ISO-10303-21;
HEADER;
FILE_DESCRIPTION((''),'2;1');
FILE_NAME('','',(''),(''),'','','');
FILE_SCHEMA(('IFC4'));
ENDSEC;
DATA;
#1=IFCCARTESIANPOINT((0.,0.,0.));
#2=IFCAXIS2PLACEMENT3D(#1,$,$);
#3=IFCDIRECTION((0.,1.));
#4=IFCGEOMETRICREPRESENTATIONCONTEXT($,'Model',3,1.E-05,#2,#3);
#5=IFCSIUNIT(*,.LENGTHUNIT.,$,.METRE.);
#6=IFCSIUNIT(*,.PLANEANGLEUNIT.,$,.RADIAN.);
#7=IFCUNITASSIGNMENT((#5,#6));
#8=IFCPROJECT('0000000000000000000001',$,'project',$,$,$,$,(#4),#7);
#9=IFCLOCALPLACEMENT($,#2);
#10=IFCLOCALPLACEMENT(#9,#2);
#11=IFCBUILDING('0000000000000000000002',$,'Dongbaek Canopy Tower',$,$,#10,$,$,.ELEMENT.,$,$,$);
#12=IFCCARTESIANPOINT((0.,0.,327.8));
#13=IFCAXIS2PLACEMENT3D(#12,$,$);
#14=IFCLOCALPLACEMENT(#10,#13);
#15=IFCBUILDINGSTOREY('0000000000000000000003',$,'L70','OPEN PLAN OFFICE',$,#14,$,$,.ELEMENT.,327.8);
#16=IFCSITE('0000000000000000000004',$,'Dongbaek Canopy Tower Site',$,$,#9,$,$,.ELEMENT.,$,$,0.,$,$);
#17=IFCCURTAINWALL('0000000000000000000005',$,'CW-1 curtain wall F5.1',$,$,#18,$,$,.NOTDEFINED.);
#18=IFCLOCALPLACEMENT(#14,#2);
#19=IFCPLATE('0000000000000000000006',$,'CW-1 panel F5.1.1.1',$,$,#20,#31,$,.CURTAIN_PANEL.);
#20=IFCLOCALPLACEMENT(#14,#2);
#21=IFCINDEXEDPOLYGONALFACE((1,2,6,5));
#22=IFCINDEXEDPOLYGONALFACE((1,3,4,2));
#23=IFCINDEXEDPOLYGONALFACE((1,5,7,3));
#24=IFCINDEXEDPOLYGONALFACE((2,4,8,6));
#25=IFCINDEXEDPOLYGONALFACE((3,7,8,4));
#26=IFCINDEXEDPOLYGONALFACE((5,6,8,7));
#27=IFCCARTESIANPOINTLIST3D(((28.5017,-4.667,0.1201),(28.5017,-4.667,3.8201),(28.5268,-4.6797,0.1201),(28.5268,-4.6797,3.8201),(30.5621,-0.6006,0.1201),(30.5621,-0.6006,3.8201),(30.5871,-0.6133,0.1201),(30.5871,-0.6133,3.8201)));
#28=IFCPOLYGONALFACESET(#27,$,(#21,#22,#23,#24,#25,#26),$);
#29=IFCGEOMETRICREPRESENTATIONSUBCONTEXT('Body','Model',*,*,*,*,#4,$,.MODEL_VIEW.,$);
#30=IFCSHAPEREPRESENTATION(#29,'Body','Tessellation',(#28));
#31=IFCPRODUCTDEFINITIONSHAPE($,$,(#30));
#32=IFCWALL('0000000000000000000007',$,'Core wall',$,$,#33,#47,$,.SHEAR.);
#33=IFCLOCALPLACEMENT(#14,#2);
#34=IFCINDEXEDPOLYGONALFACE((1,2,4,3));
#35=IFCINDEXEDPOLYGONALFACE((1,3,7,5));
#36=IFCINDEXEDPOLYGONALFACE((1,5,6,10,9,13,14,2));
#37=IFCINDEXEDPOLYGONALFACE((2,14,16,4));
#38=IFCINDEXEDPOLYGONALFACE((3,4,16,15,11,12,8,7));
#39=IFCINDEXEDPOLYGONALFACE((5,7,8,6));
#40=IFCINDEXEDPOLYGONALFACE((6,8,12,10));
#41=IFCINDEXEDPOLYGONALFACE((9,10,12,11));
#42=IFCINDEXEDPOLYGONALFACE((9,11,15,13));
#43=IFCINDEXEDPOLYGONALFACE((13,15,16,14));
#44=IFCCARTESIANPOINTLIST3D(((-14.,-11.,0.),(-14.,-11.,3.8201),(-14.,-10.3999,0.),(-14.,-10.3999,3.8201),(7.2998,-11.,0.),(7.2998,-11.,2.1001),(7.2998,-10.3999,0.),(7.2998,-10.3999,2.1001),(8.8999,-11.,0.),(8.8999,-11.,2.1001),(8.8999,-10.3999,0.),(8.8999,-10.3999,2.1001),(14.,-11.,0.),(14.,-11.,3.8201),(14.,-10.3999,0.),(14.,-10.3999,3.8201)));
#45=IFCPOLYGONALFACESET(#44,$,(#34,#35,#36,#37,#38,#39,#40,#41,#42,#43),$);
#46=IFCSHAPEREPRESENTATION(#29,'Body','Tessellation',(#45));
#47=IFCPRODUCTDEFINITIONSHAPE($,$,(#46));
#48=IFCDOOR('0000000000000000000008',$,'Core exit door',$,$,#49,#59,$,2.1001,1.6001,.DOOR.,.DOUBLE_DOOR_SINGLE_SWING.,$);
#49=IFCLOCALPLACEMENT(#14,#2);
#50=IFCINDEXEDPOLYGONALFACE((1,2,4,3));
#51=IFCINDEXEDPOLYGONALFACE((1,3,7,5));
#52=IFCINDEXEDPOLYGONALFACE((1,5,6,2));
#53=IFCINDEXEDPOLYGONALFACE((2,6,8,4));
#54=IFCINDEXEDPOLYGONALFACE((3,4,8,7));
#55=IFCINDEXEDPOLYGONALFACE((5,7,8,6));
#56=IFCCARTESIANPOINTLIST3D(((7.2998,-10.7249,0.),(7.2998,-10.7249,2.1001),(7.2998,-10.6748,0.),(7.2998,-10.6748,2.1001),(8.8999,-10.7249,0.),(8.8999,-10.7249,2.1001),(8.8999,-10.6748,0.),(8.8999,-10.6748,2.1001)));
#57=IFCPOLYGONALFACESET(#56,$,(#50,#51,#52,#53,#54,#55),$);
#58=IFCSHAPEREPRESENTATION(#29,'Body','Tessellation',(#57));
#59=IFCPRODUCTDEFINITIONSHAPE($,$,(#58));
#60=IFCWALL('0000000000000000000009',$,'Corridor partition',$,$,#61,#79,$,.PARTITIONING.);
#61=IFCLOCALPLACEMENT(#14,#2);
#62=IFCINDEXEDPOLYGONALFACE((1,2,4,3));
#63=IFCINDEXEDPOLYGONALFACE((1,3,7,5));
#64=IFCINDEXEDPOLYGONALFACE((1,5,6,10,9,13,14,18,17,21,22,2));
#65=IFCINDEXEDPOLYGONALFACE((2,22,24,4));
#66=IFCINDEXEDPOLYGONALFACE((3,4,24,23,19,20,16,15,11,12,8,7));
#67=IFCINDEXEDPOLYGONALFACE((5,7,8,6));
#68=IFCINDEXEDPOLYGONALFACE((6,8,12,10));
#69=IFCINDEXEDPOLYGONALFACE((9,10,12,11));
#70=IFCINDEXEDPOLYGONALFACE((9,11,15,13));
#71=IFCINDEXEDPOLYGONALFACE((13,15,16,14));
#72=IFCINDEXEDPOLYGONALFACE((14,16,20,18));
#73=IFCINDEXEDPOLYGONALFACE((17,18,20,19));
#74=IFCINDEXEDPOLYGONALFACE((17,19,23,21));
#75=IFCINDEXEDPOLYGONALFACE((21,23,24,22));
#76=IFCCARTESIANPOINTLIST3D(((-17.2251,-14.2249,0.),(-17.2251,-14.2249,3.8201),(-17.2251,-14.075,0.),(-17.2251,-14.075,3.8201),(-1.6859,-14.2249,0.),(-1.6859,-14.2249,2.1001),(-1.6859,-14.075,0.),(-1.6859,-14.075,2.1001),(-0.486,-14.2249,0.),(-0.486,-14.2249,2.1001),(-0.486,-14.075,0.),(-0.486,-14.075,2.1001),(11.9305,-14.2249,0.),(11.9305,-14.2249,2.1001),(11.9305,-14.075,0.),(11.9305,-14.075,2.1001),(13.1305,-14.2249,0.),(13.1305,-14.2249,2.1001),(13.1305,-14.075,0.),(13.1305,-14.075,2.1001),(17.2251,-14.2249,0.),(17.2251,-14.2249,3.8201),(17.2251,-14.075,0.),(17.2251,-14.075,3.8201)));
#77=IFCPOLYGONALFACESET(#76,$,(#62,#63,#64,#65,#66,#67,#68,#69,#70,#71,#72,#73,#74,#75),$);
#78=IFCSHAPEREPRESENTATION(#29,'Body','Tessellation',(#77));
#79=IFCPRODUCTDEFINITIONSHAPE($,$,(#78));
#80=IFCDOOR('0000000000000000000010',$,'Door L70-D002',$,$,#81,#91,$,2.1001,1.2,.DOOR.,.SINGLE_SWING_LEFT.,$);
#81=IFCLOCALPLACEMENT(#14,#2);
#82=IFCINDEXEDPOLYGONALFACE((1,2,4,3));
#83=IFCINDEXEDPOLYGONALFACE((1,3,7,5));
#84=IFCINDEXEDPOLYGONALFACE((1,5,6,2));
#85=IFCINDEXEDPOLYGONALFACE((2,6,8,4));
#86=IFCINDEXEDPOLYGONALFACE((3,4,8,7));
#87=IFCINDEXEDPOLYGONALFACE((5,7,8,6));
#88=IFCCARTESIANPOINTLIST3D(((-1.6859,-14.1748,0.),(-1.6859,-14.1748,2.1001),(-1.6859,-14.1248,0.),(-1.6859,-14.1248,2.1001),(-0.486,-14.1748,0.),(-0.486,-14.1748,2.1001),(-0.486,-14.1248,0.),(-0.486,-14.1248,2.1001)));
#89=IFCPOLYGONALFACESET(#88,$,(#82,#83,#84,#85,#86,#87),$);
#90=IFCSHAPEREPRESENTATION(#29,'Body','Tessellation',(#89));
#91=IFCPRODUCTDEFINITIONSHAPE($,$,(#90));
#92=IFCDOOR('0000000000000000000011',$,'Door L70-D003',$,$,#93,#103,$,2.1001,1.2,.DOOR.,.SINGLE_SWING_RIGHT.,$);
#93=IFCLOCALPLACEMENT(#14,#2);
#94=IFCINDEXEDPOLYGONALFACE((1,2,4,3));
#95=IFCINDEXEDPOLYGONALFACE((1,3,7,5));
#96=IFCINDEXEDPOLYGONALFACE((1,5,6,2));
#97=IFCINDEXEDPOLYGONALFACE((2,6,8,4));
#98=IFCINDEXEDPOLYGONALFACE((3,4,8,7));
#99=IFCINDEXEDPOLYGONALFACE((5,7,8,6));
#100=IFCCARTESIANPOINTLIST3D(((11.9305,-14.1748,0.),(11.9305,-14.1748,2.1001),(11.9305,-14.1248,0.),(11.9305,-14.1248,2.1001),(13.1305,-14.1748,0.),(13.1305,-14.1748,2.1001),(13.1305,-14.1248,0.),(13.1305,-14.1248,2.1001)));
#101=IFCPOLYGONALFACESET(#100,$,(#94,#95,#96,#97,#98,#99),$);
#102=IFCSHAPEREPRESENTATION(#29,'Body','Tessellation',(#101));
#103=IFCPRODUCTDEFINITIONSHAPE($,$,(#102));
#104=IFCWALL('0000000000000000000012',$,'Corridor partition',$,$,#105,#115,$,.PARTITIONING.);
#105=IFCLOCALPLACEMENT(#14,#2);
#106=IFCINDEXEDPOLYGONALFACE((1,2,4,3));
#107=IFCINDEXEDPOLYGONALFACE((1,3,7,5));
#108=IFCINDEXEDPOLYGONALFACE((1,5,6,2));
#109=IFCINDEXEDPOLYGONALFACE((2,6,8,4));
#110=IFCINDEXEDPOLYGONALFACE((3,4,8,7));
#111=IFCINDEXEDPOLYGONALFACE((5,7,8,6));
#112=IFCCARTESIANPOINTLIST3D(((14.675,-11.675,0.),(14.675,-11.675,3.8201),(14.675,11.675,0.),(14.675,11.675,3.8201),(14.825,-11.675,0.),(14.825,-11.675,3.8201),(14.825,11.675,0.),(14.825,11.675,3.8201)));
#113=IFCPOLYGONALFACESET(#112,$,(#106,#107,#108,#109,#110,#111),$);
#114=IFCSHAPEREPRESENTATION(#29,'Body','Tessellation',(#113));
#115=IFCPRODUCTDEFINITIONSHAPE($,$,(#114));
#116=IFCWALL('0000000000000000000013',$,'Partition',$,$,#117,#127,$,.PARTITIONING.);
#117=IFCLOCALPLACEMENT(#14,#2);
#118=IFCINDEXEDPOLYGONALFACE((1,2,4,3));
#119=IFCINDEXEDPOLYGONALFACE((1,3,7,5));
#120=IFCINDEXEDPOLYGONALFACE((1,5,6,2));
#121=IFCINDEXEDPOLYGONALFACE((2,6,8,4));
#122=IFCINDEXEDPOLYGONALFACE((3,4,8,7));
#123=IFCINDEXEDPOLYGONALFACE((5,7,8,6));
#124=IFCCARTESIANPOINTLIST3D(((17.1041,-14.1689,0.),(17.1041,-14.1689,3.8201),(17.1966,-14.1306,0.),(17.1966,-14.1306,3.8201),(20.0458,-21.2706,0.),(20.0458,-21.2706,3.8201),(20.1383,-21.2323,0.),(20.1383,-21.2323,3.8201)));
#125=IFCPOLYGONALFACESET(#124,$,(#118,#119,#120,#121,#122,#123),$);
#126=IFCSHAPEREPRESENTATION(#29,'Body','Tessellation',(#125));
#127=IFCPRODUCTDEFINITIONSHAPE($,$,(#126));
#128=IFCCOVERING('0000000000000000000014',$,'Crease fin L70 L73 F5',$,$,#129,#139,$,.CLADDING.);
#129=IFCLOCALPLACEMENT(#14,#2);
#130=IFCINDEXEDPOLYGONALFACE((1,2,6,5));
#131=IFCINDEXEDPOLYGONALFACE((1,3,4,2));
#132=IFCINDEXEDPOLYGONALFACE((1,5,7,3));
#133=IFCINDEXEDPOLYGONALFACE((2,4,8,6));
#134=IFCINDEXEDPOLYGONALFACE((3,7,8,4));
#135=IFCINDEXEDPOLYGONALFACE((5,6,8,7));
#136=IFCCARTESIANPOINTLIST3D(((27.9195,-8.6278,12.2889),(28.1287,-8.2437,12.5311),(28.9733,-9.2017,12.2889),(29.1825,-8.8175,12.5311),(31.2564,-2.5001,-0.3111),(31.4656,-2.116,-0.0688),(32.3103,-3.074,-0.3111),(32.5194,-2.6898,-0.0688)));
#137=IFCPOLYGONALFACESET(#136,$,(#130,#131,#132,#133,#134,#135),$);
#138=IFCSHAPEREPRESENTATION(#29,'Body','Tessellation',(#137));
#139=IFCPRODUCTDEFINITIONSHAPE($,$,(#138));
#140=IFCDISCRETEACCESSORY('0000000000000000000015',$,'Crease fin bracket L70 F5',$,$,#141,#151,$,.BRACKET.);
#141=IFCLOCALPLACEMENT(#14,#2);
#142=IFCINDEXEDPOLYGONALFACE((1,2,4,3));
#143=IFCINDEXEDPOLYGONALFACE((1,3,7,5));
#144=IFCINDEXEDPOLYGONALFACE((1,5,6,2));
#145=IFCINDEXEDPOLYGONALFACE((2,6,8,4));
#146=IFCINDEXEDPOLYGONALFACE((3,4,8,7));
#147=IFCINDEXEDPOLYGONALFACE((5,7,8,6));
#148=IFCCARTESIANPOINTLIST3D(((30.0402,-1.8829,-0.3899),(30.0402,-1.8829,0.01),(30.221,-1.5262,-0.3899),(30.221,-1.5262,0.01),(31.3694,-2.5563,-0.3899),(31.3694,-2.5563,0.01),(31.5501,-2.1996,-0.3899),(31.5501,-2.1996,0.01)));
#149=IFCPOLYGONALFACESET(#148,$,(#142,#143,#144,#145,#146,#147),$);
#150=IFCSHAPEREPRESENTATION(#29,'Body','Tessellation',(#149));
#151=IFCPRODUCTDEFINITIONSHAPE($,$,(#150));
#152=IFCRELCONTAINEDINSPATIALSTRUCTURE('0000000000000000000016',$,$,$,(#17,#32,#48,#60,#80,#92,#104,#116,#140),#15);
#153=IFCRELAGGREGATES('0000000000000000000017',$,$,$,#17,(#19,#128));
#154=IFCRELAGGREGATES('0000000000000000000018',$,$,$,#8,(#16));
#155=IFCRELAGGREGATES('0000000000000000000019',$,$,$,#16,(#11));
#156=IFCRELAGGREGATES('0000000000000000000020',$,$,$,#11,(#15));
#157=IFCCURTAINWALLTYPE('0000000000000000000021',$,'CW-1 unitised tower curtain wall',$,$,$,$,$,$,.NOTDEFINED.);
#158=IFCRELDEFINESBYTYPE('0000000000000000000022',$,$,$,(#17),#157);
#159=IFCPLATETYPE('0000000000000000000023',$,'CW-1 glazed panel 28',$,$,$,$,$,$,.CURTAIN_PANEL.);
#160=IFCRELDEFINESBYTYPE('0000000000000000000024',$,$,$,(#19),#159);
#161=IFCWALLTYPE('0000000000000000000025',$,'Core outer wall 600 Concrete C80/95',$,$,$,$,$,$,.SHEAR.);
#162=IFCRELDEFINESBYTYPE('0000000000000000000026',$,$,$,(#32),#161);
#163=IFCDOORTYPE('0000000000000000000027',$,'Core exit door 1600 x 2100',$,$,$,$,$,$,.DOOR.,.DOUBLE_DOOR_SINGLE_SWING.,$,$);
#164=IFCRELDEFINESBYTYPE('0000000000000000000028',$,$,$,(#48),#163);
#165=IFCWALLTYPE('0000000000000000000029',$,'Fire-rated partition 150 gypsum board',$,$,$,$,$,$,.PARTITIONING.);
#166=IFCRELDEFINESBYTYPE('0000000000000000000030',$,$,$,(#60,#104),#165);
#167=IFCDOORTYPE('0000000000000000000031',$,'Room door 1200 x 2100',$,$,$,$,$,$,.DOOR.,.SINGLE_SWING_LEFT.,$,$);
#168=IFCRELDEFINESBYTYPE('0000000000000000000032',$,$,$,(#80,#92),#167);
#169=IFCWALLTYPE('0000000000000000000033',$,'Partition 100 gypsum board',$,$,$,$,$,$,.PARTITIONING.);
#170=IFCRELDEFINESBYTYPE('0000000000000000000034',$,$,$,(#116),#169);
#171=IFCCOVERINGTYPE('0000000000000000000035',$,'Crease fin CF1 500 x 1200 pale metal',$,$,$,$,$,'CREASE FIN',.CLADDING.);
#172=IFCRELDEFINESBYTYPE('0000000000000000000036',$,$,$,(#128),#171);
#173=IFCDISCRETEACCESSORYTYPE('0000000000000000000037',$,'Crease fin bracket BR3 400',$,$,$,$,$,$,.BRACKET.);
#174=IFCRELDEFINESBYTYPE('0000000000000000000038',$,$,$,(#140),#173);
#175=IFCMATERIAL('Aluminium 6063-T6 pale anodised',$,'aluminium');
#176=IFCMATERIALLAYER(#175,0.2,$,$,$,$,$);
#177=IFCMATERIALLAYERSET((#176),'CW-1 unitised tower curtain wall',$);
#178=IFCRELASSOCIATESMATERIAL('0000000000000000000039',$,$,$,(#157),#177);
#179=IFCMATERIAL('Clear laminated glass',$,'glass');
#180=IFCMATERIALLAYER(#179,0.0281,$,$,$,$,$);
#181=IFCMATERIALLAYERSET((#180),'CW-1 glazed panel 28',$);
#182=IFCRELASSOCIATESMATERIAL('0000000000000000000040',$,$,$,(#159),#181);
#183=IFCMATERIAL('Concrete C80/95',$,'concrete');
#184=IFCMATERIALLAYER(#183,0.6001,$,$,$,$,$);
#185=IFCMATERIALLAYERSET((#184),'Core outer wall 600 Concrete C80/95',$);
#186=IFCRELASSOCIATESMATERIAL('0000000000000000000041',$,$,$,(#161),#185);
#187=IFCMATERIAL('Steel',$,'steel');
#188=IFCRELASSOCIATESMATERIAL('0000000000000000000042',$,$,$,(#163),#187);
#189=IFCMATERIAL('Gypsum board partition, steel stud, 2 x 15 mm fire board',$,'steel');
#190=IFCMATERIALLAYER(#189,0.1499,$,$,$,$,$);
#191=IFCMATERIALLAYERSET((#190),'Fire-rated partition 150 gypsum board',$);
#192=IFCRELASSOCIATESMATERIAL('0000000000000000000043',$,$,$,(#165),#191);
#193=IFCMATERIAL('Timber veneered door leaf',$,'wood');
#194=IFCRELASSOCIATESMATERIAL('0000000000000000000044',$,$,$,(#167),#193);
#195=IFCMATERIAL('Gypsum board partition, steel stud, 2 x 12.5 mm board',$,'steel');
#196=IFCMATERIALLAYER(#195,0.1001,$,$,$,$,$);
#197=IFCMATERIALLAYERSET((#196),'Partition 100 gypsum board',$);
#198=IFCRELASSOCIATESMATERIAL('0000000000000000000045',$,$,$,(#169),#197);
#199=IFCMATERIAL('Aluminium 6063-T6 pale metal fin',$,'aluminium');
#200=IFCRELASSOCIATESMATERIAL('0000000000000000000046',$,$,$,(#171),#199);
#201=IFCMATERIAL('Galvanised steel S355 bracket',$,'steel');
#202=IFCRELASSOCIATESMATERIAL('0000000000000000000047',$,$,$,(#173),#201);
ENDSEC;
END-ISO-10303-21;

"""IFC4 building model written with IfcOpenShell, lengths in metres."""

from ifc_helpers import new_model, si_unit, direction, frame, frame_2d, origin, origin_2d, place, context, subcontext, project, spatial, rectangle, extrude, material, layer, layer_set, material_profile, profile_set, type_object, element, fill, aggregate, save


model = new_model("IFC4")

# Units and contexts
model_context = context("Model", 3, precision=1e-05, world=origin(), true_north=direction((0.0, 1.0)))
body_context = subcontext(model_context, "Body", "Model", "MODEL_VIEW")
ifc_project = project(units=[si_unit("LENGTHUNIT", "METRE"), si_unit("PLANEANGLEUNIT", "RADIAN")], contexts=[model_context])

# Site, building, storey
site_placement = place(None, origin())
site = spatial("IfcSite", under=ifc_project, at=site_placement, Name="Dongbaek Canopy Tower Site", CompositionType="ELEMENT", RefElevation=0.0)
building_placement = place(site_placement, origin())
building = spatial("IfcBuilding", under=site, at=building_placement, Name="Dongbaek Canopy Tower", CompositionType="ELEMENT")
storey_placement = place(building_placement, frame((0.0, 0.0, 327.8)))
storey = spatial("IfcBuildingStorey", under=building, at=storey_placement, Name="L70", Description="OPEN PLAN OFFICE", CompositionType="ELEMENT", Elevation=327.8)

# Curtain wall
ifc_material_1 = material(Name="Aluminium 6063-T6 pale anodised", Category="aluminium")
ifc_layer_1 = layer(ifc_material_1, 0.2)
ifc_layer_set_1 = layer_set([ifc_layer_1], Name="CW-1 unitised tower curtain wall")
curtain_wall_type = type_object("IfcCurtainWallType", Name="CW-1 unitised tower curtain wall", PredefinedType="NOTDEFINED", material=ifc_layer_set_1)
curtain_wall_placement = place(storey_placement, origin())
curtain_wall = element("IfcCurtainWall", 1, at=curtain_wall_placement, inside=storey, type_object=curtain_wall_type, Name="CW-1 curtain wall F5.1", PredefinedType="NOTDEFINED")

# Plate
ifc_material_2 = material(Name="Clear laminated glass", Category="glass")
ifc_layer_2 = layer(ifc_material_2, 0.0281)
ifc_layer_set_2 = layer_set([ifc_layer_2], Name="CW-1 glazed panel 28")
plate_type = type_object("IfcPlateType", Name="CW-1 glazed panel 28", PredefinedType="CURTAIN_PANEL", material=ifc_layer_set_2)
plate_placement = place(storey_placement, frame((29.5444, -2.6401, 0.1201), z_axis=(0.0, 0.0, 1.0), x_axis=(0.45197, 0.892033, 0.0)))
plate = element("IfcPlate", 2, at=plate_placement, type_object=plate_type, Name="CW-1 panel F5.1.1.1", PredefinedType="CURTAIN_PANEL", context=body_context, shape_type="SweptSolid", body=[
    extrude(rectangle(XDim=4.5586, YDim=0.0281, at=origin_2d()), origin(), (0.0, 0.0, 1.0), 3.7),
])

# Wall, opening, door
ifc_material_3 = material(Name="Concrete C80/95", Category="concrete")
ifc_layer_3 = layer(ifc_material_3, 0.6001)
ifc_layer_set_3 = layer_set([ifc_layer_3], Name="Core outer wall 600 Concrete C80/95")
wall_type_1 = type_object("IfcWallType", Name="Core outer wall 600 Concrete C80/95", PredefinedType="SHEAR", material=ifc_layer_set_3)
wall_1_placement = place(storey_placement, frame((14.0, -10.7, 0.0), z_axis=(0.0, 0.0, 1.0), x_axis=(-1.0, 0.0, 0.0)))
wall_1 = element("IfcWall", 3, at=wall_1_placement, inside=storey, type_object=wall_type_1, Name="Core wall", PredefinedType="SHEAR", context=body_context, shape_type="SweptSolid", body=[
    extrude(rectangle(XDim=28.0, YDim=0.6001, at=frame_2d((14.0, 0.0))), origin(), (0.0, 0.0, 1.0), 3.8201),
])
opening_1_placement = place(wall_1_placement, frame((5.1001, 0.0, 0.0)))
opening_1 = element("IfcOpeningElement", 4, at=opening_1_placement, cuts=wall_1, PredefinedType="OPENING", context=body_context, shape_type="SweptSolid", body=[
    extrude(rectangle(XDim=1.6001, YDim=2.1001, at=frame_2d((0.8, 1.05))), frame((0.0, 0.3101, 0.0), z_axis=(0.0, -1.0, 0.0), x_axis=(1.0, 0.0, 0.0)), (0.0, 0.0, 1.0), 0.6201),
])
ifc_material_4 = material(Name="Steel", Category="steel")
door_type_1 = type_object("IfcDoorType", Name="Core exit door 1600 x 2100", OperationType="DOUBLE_DOOR_SINGLE_SWING", PredefinedType="DOOR", material=ifc_material_4)
door_1_placement = place(opening_1_placement, origin())
door_1 = element("IfcDoor", 5, at=door_1_placement, inside=storey, type_object=door_type_1, Name="Core exit door", OperationType="DOUBLE_DOOR_SINGLE_SWING", OverallHeight=2.1001, OverallWidth=1.6001, PredefinedType="DOOR", context=body_context, shape_type="SweptSolid", body=[
    extrude(rectangle(XDim=1.6001, YDim=2.1001, at=frame_2d((0.8, 1.05))), frame((0.0, 0.0249, 0.0), z_axis=(0.0, -1.0, 0.0), x_axis=(1.0, 0.0, 0.0)), (0.0, 0.0, 1.0), 0.05),
])
fill(opening_1, door_1)

# Wall, openings, doors
ifc_material_5 = material(Name="Gypsum board partition, steel stud, 2 x 15 mm fire board", Category="steel")
ifc_layer_4 = layer(ifc_material_5, 0.1499)
ifc_layer_set_4 = layer_set([ifc_layer_4], Name="Fire-rated partition 150 gypsum board")
wall_type_2 = type_object("IfcWallType", Name="Fire-rated partition 150 gypsum board", PredefinedType="PARTITIONING", material=ifc_layer_set_4)
wall_2_placement = place(storey_placement, frame((17.2251, -14.1499, 0.0), z_axis=(0.0, 0.0, 1.0), x_axis=(-1.0, 0.0, 0.0)))
wall_2 = element("IfcWall", 6, at=wall_2_placement, inside=storey, type_object=wall_type_2, Name="Corridor partition", PredefinedType="PARTITIONING", context=body_context, shape_type="SweptSolid", body=[
    extrude(rectangle(XDim=34.4502, YDim=0.1499, at=frame_2d((17.2251, 0.0))), origin(), (0.0, 0.0, 1.0), 3.8201),
])
opening_2_placement = place(wall_2_placement, frame((17.7109, 0.0, 0.0)))
opening_2 = element("IfcOpeningElement", 7, at=opening_2_placement, cuts=wall_2, PredefinedType="OPENING", context=body_context, shape_type="SweptSolid", body=[
    extrude(rectangle(XDim=1.2, YDim=2.1001, at=frame_2d((0.6001, 1.05))), frame((0.0, 0.085, 0.0), z_axis=(0.0, -1.0, 0.0), x_axis=(1.0, 0.0, 0.0)), (0.0, 0.0, 1.0), 0.1699),
])
opening_3_placement = place(wall_2_placement, frame((4.0945, 0.0, 0.0)))
opening_3 = element("IfcOpeningElement", 8, at=opening_3_placement, cuts=wall_2, PredefinedType="OPENING", context=body_context, shape_type="SweptSolid", body=[
    extrude(rectangle(XDim=1.2, YDim=2.1001, at=frame_2d((0.6001, 1.05))), frame((0.0, 0.085, 0.0), z_axis=(0.0, -1.0, 0.0), x_axis=(1.0, 0.0, 0.0)), (0.0, 0.0, 1.0), 0.1699),
])
ifc_material_6 = material(Name="Timber veneered door leaf", Category="wood")
door_type_2 = type_object("IfcDoorType", Name="Room door 1200 x 2100", OperationType="SINGLE_SWING_LEFT", PredefinedType="DOOR", material=ifc_material_6)
door_2_placement = place(opening_2_placement, origin())
door_2 = element("IfcDoor", 9, at=door_2_placement, inside=storey, type_object=door_type_2, Name="Door L70-D002", OperationType="SINGLE_SWING_LEFT", OverallHeight=2.1001, OverallWidth=1.2, PredefinedType="DOOR", context=body_context, shape_type="SweptSolid", body=[
    extrude(rectangle(XDim=1.2, YDim=2.1001, at=frame_2d((0.6001, 1.05))), frame((0.0, 0.0249, 0.0), z_axis=(0.0, -1.0, 0.0), x_axis=(1.0, 0.0, 0.0)), (0.0, 0.0, 1.0), 0.05),
])
fill(opening_2, door_2)
door_3_placement = place(opening_3_placement, origin())
door_3 = element("IfcDoor", 10, at=door_3_placement, inside=storey, type_object=door_type_2, Name="Door L70-D003", OperationType="SINGLE_SWING_RIGHT", OverallHeight=2.1001, OverallWidth=1.2, PredefinedType="DOOR", context=body_context, shape_type="SweptSolid", body=[
    extrude(rectangle(XDim=1.2, YDim=2.1001, at=frame_2d((0.6001, 1.05))), frame((0.0, 0.0249, 0.0), z_axis=(0.0, -1.0, 0.0), x_axis=(1.0, 0.0, 0.0)), (0.0, 0.0, 1.0), 0.05),
])
fill(opening_3, door_3)

# Walls
wall_3_placement = place(storey_placement, frame((14.75, -11.675, 0.0), z_axis=(0.0, 0.0, 1.0), x_axis=(0.0, 1.0, 0.0)))
element("IfcWall", 11, at=wall_3_placement, inside=storey, type_object=wall_type_2, Name="Corridor partition", PredefinedType="PARTITIONING", context=body_context, shape_type="SweptSolid", body=[
    extrude(rectangle(XDim=23.3501, YDim=0.1499, at=frame_2d((11.675, 0.0))), origin(), (0.0, 0.0, 1.0), 3.8201),
])
ifc_material_7 = material(Name="Gypsum board partition, steel stud, 2 x 12.5 mm board", Category="steel")
ifc_layer_5 = layer(ifc_material_7, 0.1001)
ifc_layer_set_5 = layer_set([ifc_layer_5], Name="Partition 100 gypsum board")
wall_type_3 = type_object("IfcWallType", Name="Partition 100 gypsum board", PredefinedType="PARTITIONING", material=ifc_layer_set_5)
wall_4_placement = place(storey_placement, frame((17.1504, -14.1499, 0.0), z_axis=(0.0, 0.0, 1.0), x_axis=(0.382693, -0.923876, 0.0)))
element("IfcWall", 12, at=wall_4_placement, inside=storey, type_object=wall_type_3, Name="Partition", PredefinedType="PARTITIONING", context=body_context, shape_type="SweptSolid", body=[
    extrude(rectangle(XDim=7.6868, YDim=0.1001, at=frame_2d((3.8433, 0.0))), origin(), (0.0, 0.0, 1.0), 3.8201),
])

# Covering
ifc_material_8 = material(Name="Aluminium 6063-T6 pale metal fin", Category="aluminium")
ifc_material_profile_1 = material_profile(ifc_material_8, rectangle(XDim=1.2, YDim=0.5, at=origin_2d()), Name="Crease fin CF1 500 x 1200 pale metal")
ifc_profile_set_1 = profile_set([ifc_material_profile_1], Name="Aluminium 6063-T6 pale metal fin")
covering_type = type_object("IfcCoveringType", Name="Crease fin CF1 500 x 1200 pale metal", ElementType="CREASE FIN", PredefinedType="CLADDING", material=ifc_profile_set_1)
covering_placement = place(storey_placement, frame((31.8879, -2.595, -0.1899), z_axis=(-0.231686, -0.425452, 0.874821), x_axis=(0.878224, -0.478249, 0.0)))
covering = element("IfcCovering", 13, at=covering_placement, type_object=covering_type, Name="Crease fin L70 L73 F5", PredefinedType="CLADDING", context=body_context, shape_type="SweptSolid", body=[
    extrude(rectangle(XDim=1.2, YDim=0.5, at=origin_2d()), origin(), (0.0, 0.0, 1.0), 14.4028),
])
aggregate(curtain_wall, [plate, covering])

# Discrete accessory
ifc_material_9 = material(Name="Galvanised steel S355 bracket", Category="steel")
discrete_accessory_type = type_object("IfcDiscreteAccessoryType", Name="Crease fin bracket BR3 400", PredefinedType="BRACKET", material=ifc_material_9)
discrete_accessory_placement = place(storey_placement, frame((30.7952, -2.0413, -0.3899), z_axis=(0.0, 0.0, 1.0), x_axis=(0.892034, -0.451969, 0.0)))
element("IfcDiscreteAccessory", 14, at=discrete_accessory_placement, inside=storey, type_object=discrete_accessory_type, Name="Crease fin bracket L70 F5", PredefinedType="BRACKET", context=body_context, shape_type="SweptSolid", body=[
    extrude(rectangle(XDim=1.49, YDim=0.3999, at=origin_2d()), origin(), (0.0, 0.0, 1.0), 0.3999),
])

save(model, "model.ifc")
